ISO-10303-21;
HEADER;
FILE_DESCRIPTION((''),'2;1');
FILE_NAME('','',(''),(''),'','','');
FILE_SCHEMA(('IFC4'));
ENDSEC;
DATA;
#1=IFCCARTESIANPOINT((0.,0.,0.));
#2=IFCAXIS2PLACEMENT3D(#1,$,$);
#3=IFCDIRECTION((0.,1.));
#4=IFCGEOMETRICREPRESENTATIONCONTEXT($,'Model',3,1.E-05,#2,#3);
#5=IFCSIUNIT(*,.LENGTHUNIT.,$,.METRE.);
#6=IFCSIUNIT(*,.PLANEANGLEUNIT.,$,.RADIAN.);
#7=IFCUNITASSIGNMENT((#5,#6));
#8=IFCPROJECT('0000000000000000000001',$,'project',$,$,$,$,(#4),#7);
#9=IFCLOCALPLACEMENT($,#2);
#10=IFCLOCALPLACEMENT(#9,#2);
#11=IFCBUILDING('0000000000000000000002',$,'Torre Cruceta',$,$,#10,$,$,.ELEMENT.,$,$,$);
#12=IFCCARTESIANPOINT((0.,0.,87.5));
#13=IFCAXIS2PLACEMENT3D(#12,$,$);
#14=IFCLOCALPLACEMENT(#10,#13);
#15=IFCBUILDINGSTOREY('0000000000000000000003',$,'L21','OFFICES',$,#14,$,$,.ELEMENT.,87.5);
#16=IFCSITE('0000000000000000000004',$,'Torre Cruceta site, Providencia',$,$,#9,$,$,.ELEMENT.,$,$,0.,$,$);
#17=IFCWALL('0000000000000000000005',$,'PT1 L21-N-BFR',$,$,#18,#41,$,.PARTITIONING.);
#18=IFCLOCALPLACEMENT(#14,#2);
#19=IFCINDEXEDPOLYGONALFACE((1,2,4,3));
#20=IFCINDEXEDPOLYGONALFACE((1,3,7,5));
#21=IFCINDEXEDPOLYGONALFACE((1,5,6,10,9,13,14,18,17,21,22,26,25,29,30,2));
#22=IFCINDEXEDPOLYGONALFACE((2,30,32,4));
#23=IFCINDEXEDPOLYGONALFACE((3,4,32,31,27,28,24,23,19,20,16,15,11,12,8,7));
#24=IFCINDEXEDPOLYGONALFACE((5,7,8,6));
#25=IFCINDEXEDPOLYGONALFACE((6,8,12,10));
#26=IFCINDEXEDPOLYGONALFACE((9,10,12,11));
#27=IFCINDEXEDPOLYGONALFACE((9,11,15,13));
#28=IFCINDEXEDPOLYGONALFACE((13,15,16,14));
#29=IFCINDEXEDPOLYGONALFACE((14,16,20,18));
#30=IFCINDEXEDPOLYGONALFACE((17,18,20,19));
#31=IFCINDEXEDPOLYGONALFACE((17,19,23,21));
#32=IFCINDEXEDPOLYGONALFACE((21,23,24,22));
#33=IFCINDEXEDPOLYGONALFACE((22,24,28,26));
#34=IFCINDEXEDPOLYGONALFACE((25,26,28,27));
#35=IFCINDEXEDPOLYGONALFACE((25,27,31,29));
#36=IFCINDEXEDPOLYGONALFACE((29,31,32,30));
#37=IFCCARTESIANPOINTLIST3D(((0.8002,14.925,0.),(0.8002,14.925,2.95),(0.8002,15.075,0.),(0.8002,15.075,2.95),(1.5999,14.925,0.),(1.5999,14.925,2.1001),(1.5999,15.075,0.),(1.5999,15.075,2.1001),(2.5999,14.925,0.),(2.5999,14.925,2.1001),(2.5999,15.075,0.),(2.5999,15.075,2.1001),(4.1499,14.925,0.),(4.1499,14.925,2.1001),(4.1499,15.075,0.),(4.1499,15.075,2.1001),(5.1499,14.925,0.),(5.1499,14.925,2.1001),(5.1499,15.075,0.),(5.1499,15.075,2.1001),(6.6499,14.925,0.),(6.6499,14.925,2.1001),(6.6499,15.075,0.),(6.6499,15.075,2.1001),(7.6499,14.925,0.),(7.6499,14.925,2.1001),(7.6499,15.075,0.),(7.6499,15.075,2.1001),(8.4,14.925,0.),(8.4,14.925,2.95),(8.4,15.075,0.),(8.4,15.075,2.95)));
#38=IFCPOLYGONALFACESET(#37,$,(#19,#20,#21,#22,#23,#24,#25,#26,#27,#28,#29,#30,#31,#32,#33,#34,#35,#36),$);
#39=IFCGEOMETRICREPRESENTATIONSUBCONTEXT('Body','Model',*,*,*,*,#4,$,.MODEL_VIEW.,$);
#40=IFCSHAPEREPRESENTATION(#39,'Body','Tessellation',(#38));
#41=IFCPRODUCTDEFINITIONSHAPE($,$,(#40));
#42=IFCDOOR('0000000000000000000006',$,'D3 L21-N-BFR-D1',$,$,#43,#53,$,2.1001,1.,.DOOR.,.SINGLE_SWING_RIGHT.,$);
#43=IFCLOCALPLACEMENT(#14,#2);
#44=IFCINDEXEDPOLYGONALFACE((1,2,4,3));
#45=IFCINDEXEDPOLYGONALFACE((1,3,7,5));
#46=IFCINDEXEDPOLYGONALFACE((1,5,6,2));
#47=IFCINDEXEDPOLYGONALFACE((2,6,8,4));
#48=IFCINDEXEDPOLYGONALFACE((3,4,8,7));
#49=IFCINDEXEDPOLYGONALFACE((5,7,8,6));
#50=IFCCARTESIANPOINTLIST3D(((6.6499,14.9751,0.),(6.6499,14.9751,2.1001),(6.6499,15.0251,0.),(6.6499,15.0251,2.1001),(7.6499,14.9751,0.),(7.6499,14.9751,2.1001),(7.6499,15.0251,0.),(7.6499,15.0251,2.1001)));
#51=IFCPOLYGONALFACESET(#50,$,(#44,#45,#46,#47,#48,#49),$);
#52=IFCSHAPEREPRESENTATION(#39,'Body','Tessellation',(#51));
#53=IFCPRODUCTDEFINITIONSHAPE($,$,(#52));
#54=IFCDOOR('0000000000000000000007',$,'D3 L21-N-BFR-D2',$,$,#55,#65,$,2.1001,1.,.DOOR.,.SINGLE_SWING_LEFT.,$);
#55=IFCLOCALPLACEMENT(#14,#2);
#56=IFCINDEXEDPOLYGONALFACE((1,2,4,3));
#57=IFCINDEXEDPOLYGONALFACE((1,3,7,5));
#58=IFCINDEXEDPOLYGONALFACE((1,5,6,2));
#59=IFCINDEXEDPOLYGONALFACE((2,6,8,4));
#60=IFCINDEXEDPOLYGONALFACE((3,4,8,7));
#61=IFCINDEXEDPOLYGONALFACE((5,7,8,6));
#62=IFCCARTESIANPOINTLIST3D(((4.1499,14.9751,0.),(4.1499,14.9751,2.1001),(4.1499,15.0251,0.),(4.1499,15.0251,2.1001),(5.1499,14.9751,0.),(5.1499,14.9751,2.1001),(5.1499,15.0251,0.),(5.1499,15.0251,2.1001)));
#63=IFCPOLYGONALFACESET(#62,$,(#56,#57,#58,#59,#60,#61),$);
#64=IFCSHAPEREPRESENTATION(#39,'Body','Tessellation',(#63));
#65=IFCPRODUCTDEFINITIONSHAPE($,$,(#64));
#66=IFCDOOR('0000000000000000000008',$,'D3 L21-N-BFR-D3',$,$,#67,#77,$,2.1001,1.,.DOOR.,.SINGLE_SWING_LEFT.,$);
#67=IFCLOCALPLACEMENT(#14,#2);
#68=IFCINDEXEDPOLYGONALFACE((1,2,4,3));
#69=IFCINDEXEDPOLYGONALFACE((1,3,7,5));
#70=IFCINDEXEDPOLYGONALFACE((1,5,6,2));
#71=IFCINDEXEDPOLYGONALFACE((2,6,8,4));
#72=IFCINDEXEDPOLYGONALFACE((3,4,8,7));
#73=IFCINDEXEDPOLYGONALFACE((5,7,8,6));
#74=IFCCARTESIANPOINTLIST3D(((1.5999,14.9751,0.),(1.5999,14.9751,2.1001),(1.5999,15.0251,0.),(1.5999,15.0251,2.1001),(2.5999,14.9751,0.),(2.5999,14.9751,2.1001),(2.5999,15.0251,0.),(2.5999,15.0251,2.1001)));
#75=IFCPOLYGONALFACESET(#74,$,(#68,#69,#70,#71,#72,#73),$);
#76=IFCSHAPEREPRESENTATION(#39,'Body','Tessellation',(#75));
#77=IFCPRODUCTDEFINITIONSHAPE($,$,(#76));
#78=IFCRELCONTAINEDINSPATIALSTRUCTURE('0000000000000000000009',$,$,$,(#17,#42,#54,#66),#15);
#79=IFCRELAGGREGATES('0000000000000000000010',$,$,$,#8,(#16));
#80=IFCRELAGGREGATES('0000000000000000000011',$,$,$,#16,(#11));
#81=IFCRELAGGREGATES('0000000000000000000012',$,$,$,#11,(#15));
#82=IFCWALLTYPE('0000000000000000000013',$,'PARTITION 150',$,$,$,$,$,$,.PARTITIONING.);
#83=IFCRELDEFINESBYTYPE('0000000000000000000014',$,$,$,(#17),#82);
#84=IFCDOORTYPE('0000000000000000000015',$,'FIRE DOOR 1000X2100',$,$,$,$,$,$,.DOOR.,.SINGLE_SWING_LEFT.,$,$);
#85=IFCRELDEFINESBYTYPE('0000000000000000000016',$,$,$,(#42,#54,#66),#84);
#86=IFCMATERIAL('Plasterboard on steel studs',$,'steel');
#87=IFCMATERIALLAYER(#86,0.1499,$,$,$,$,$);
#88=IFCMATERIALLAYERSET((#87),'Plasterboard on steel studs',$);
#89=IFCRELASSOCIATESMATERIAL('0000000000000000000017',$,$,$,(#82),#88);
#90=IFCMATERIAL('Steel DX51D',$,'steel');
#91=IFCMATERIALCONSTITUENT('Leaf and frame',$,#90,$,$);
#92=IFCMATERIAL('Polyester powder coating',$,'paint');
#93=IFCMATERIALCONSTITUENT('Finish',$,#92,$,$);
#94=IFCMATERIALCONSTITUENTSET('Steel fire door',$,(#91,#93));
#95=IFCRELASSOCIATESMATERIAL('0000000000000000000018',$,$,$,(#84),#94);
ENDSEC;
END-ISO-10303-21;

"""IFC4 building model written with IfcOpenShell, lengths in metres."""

from ifc_helpers import new_model, si_unit, direction, frame, frame_2d, origin, place, context, subcontext, project, spatial, rectangle, extrude, material, layer, layer_set, constituent, constituent_set, type_object, element, fill, save


model = new_model("IFC4")

# Units and contexts
model_context = context("Model", 3, precision=1e-05, world=origin(), true_north=direction((0.0, 1.0)))
body_context = subcontext(model_context, "Body", "Model", "MODEL_VIEW")
ifc_project = project(units=[si_unit("LENGTHUNIT", "METRE"), si_unit("PLANEANGLEUNIT", "RADIAN")], contexts=[model_context])

# Site, building, storey
site_placement = place(None, origin())
site = spatial("IfcSite", under=ifc_project, at=site_placement, Name="Torre Cruceta site, Providencia", CompositionType="ELEMENT", RefElevation=0.0)
building_placement = place(site_placement, origin())
building = spatial("IfcBuilding", under=site, at=building_placement, Name="Torre Cruceta", CompositionType="ELEMENT")
storey_placement = place(building_placement, frame((0.0, 0.0, 87.5)))
storey = spatial("IfcBuildingStorey", under=building, at=storey_placement, Name="L21", Description="OFFICES", CompositionType="ELEMENT", Elevation=87.5)

# Wall, openings, doors
ifc_material_1 = material(Name="Plasterboard on steel studs", Category="steel")
ifc_layer_1 = layer(ifc_material_1, 0.1499)
ifc_layer_set_1 = layer_set([ifc_layer_1], Name="Plasterboard on steel studs")
wall_type_1 = type_object("IfcWallType", Name="PARTITION 150", PredefinedType="PARTITIONING", material=ifc_layer_set_1)
wall_1_placement = place(storey_placement, frame((8.3999, 15.0, 0.0), z_axis=(0.0, 0.0, 1.0), x_axis=(-1.0, 0.0, 0.0)))
wall_1 = element("IfcWall", 1, at=wall_1_placement, inside=storey, type_object=wall_type_1, Name="PT1 L21-N-BFR", PredefinedType="PARTITIONING", context=body_context, shape_type="SweptSolid", body=[
    extrude(rectangle(XDim=7.5999, YDim=0.1499, at=frame_2d((3.7998, 0.0))), origin(), (0.0, 0.0, 1.0), 2.95),
])
opening_1_placement = place(wall_1_placement, frame((0.75, 0.0, 0.0)))
opening_1 = element("IfcOpeningElement", 2, at=opening_1_placement, cuts=wall_1, PredefinedType="OPENING", context=body_context, shape_type="SweptSolid", body=[
    extrude(rectangle(XDim=1.0, YDim=2.1001, at=frame_2d((0.5, 1.05))), frame((0.0, 0.085, 0.0), z_axis=(0.0, -1.0, 0.0), x_axis=(1.0, 0.0, 0.0)), (0.0, 0.0, 1.0), 0.1699),
])
opening_2_placement = place(wall_1_placement, frame((3.25, 0.0, 0.0)))
opening_2 = element("IfcOpeningElement", 3, at=opening_2_placement, cuts=wall_1, PredefinedType="OPENING", context=body_context, shape_type="SweptSolid", body=[
    extrude(rectangle(XDim=1.0, YDim=2.1001, at=frame_2d((0.5, 1.05))), frame((0.0, 0.085, 0.0), z_axis=(0.0, -1.0, 0.0), x_axis=(1.0, 0.0, 0.0)), (0.0, 0.0, 1.0), 0.1699),
])
opening_3_placement = place(wall_1_placement, frame((5.8, 0.0, 0.0)))
opening_3 = element("IfcOpeningElement", 4, at=opening_3_placement, cuts=wall_1, PredefinedType="OPENING", context=body_context, shape_type="SweptSolid", body=[
    extrude(rectangle(XDim=1.0, YDim=2.1001, at=frame_2d((0.5, 1.05))), frame((0.0, 0.085, 0.0), z_axis=(0.0, -1.0, 0.0), x_axis=(1.0, 0.0, 0.0)), (0.0, 0.0, 1.0), 0.1699),
])
ifc_material_2 = material(Name="Steel DX51D", Category="steel")
ifc_constituent_1 = constituent(ifc_material_2, Name="Leaf and frame")
ifc_material_3 = material(Name="Polyester powder coating", Category="paint")
ifc_constituent_2 = constituent(ifc_material_3, Name="Finish")
ifc_constituent_set_1 = constituent_set(constituents=[ifc_constituent_1, ifc_constituent_2], Name="Steel fire door")
door_type_1 = type_object("IfcDoorType", Name="FIRE DOOR 1000X2100", OperationType="SINGLE_SWING_LEFT", PredefinedType="DOOR", material=ifc_constituent_set_1)
door_1_placement = place(opening_1_placement, origin())
door_1 = element("IfcDoor", 5, at=door_1_placement, inside=storey, type_object=door_type_1, Name="D3 L21-N-BFR-D1", OperationType="SINGLE_SWING_RIGHT", OverallHeight=2.1001, OverallWidth=1.0, PredefinedType="DOOR", context=body_context, shape_type="SweptSolid", body=[
    extrude(rectangle(XDim=1.0, YDim=2.1001, at=frame_2d((0.5, 1.05))), frame((0.0, 0.0249, 0.0), z_axis=(0.0, -1.0, 0.0), x_axis=(1.0, 0.0, 0.0)), (0.0, 0.0, 1.0), 0.05),
])
fill(opening_1, door_1)
door_2_placement = place(opening_2_placement, origin())
door_2 = element("IfcDoor", 6, at=door_2_placement, inside=storey, type_object=door_type_1, Name="D3 L21-N-BFR-D2", OperationType="SINGLE_SWING_LEFT", OverallHeight=2.1001, OverallWidth=1.0, PredefinedType="DOOR", context=body_context, shape_type="SweptSolid", body=[
    extrude(rectangle(XDim=1.0, YDim=2.1001, at=frame_2d((0.5, 1.05))), frame((0.0, 0.0249, 0.0), z_axis=(0.0, -1.0, 0.0), x_axis=(1.0, 0.0, 0.0)), (0.0, 0.0, 1.0), 0.05),
])
fill(opening_2, door_2)
door_3_placement = place(opening_3_placement, origin())
door_3 = element("IfcDoor", 7, at=door_3_placement, inside=storey, type_object=door_type_1, Name="D3 L21-N-BFR-D3", OperationType="SINGLE_SWING_LEFT", OverallHeight=2.1001, OverallWidth=1.0, PredefinedType="DOOR", context=body_context, shape_type="SweptSolid", body=[
    extrude(rectangle(XDim=1.0, YDim=2.1001, at=frame_2d((0.5, 1.05))), frame((0.0, 0.0249, 0.0), z_axis=(0.0, -1.0, 0.0), x_axis=(1.0, 0.0, 0.0)), (0.0, 0.0, 1.0), 0.05),
])
fill(opening_3, door_3)

save(model, "model.ifc")
